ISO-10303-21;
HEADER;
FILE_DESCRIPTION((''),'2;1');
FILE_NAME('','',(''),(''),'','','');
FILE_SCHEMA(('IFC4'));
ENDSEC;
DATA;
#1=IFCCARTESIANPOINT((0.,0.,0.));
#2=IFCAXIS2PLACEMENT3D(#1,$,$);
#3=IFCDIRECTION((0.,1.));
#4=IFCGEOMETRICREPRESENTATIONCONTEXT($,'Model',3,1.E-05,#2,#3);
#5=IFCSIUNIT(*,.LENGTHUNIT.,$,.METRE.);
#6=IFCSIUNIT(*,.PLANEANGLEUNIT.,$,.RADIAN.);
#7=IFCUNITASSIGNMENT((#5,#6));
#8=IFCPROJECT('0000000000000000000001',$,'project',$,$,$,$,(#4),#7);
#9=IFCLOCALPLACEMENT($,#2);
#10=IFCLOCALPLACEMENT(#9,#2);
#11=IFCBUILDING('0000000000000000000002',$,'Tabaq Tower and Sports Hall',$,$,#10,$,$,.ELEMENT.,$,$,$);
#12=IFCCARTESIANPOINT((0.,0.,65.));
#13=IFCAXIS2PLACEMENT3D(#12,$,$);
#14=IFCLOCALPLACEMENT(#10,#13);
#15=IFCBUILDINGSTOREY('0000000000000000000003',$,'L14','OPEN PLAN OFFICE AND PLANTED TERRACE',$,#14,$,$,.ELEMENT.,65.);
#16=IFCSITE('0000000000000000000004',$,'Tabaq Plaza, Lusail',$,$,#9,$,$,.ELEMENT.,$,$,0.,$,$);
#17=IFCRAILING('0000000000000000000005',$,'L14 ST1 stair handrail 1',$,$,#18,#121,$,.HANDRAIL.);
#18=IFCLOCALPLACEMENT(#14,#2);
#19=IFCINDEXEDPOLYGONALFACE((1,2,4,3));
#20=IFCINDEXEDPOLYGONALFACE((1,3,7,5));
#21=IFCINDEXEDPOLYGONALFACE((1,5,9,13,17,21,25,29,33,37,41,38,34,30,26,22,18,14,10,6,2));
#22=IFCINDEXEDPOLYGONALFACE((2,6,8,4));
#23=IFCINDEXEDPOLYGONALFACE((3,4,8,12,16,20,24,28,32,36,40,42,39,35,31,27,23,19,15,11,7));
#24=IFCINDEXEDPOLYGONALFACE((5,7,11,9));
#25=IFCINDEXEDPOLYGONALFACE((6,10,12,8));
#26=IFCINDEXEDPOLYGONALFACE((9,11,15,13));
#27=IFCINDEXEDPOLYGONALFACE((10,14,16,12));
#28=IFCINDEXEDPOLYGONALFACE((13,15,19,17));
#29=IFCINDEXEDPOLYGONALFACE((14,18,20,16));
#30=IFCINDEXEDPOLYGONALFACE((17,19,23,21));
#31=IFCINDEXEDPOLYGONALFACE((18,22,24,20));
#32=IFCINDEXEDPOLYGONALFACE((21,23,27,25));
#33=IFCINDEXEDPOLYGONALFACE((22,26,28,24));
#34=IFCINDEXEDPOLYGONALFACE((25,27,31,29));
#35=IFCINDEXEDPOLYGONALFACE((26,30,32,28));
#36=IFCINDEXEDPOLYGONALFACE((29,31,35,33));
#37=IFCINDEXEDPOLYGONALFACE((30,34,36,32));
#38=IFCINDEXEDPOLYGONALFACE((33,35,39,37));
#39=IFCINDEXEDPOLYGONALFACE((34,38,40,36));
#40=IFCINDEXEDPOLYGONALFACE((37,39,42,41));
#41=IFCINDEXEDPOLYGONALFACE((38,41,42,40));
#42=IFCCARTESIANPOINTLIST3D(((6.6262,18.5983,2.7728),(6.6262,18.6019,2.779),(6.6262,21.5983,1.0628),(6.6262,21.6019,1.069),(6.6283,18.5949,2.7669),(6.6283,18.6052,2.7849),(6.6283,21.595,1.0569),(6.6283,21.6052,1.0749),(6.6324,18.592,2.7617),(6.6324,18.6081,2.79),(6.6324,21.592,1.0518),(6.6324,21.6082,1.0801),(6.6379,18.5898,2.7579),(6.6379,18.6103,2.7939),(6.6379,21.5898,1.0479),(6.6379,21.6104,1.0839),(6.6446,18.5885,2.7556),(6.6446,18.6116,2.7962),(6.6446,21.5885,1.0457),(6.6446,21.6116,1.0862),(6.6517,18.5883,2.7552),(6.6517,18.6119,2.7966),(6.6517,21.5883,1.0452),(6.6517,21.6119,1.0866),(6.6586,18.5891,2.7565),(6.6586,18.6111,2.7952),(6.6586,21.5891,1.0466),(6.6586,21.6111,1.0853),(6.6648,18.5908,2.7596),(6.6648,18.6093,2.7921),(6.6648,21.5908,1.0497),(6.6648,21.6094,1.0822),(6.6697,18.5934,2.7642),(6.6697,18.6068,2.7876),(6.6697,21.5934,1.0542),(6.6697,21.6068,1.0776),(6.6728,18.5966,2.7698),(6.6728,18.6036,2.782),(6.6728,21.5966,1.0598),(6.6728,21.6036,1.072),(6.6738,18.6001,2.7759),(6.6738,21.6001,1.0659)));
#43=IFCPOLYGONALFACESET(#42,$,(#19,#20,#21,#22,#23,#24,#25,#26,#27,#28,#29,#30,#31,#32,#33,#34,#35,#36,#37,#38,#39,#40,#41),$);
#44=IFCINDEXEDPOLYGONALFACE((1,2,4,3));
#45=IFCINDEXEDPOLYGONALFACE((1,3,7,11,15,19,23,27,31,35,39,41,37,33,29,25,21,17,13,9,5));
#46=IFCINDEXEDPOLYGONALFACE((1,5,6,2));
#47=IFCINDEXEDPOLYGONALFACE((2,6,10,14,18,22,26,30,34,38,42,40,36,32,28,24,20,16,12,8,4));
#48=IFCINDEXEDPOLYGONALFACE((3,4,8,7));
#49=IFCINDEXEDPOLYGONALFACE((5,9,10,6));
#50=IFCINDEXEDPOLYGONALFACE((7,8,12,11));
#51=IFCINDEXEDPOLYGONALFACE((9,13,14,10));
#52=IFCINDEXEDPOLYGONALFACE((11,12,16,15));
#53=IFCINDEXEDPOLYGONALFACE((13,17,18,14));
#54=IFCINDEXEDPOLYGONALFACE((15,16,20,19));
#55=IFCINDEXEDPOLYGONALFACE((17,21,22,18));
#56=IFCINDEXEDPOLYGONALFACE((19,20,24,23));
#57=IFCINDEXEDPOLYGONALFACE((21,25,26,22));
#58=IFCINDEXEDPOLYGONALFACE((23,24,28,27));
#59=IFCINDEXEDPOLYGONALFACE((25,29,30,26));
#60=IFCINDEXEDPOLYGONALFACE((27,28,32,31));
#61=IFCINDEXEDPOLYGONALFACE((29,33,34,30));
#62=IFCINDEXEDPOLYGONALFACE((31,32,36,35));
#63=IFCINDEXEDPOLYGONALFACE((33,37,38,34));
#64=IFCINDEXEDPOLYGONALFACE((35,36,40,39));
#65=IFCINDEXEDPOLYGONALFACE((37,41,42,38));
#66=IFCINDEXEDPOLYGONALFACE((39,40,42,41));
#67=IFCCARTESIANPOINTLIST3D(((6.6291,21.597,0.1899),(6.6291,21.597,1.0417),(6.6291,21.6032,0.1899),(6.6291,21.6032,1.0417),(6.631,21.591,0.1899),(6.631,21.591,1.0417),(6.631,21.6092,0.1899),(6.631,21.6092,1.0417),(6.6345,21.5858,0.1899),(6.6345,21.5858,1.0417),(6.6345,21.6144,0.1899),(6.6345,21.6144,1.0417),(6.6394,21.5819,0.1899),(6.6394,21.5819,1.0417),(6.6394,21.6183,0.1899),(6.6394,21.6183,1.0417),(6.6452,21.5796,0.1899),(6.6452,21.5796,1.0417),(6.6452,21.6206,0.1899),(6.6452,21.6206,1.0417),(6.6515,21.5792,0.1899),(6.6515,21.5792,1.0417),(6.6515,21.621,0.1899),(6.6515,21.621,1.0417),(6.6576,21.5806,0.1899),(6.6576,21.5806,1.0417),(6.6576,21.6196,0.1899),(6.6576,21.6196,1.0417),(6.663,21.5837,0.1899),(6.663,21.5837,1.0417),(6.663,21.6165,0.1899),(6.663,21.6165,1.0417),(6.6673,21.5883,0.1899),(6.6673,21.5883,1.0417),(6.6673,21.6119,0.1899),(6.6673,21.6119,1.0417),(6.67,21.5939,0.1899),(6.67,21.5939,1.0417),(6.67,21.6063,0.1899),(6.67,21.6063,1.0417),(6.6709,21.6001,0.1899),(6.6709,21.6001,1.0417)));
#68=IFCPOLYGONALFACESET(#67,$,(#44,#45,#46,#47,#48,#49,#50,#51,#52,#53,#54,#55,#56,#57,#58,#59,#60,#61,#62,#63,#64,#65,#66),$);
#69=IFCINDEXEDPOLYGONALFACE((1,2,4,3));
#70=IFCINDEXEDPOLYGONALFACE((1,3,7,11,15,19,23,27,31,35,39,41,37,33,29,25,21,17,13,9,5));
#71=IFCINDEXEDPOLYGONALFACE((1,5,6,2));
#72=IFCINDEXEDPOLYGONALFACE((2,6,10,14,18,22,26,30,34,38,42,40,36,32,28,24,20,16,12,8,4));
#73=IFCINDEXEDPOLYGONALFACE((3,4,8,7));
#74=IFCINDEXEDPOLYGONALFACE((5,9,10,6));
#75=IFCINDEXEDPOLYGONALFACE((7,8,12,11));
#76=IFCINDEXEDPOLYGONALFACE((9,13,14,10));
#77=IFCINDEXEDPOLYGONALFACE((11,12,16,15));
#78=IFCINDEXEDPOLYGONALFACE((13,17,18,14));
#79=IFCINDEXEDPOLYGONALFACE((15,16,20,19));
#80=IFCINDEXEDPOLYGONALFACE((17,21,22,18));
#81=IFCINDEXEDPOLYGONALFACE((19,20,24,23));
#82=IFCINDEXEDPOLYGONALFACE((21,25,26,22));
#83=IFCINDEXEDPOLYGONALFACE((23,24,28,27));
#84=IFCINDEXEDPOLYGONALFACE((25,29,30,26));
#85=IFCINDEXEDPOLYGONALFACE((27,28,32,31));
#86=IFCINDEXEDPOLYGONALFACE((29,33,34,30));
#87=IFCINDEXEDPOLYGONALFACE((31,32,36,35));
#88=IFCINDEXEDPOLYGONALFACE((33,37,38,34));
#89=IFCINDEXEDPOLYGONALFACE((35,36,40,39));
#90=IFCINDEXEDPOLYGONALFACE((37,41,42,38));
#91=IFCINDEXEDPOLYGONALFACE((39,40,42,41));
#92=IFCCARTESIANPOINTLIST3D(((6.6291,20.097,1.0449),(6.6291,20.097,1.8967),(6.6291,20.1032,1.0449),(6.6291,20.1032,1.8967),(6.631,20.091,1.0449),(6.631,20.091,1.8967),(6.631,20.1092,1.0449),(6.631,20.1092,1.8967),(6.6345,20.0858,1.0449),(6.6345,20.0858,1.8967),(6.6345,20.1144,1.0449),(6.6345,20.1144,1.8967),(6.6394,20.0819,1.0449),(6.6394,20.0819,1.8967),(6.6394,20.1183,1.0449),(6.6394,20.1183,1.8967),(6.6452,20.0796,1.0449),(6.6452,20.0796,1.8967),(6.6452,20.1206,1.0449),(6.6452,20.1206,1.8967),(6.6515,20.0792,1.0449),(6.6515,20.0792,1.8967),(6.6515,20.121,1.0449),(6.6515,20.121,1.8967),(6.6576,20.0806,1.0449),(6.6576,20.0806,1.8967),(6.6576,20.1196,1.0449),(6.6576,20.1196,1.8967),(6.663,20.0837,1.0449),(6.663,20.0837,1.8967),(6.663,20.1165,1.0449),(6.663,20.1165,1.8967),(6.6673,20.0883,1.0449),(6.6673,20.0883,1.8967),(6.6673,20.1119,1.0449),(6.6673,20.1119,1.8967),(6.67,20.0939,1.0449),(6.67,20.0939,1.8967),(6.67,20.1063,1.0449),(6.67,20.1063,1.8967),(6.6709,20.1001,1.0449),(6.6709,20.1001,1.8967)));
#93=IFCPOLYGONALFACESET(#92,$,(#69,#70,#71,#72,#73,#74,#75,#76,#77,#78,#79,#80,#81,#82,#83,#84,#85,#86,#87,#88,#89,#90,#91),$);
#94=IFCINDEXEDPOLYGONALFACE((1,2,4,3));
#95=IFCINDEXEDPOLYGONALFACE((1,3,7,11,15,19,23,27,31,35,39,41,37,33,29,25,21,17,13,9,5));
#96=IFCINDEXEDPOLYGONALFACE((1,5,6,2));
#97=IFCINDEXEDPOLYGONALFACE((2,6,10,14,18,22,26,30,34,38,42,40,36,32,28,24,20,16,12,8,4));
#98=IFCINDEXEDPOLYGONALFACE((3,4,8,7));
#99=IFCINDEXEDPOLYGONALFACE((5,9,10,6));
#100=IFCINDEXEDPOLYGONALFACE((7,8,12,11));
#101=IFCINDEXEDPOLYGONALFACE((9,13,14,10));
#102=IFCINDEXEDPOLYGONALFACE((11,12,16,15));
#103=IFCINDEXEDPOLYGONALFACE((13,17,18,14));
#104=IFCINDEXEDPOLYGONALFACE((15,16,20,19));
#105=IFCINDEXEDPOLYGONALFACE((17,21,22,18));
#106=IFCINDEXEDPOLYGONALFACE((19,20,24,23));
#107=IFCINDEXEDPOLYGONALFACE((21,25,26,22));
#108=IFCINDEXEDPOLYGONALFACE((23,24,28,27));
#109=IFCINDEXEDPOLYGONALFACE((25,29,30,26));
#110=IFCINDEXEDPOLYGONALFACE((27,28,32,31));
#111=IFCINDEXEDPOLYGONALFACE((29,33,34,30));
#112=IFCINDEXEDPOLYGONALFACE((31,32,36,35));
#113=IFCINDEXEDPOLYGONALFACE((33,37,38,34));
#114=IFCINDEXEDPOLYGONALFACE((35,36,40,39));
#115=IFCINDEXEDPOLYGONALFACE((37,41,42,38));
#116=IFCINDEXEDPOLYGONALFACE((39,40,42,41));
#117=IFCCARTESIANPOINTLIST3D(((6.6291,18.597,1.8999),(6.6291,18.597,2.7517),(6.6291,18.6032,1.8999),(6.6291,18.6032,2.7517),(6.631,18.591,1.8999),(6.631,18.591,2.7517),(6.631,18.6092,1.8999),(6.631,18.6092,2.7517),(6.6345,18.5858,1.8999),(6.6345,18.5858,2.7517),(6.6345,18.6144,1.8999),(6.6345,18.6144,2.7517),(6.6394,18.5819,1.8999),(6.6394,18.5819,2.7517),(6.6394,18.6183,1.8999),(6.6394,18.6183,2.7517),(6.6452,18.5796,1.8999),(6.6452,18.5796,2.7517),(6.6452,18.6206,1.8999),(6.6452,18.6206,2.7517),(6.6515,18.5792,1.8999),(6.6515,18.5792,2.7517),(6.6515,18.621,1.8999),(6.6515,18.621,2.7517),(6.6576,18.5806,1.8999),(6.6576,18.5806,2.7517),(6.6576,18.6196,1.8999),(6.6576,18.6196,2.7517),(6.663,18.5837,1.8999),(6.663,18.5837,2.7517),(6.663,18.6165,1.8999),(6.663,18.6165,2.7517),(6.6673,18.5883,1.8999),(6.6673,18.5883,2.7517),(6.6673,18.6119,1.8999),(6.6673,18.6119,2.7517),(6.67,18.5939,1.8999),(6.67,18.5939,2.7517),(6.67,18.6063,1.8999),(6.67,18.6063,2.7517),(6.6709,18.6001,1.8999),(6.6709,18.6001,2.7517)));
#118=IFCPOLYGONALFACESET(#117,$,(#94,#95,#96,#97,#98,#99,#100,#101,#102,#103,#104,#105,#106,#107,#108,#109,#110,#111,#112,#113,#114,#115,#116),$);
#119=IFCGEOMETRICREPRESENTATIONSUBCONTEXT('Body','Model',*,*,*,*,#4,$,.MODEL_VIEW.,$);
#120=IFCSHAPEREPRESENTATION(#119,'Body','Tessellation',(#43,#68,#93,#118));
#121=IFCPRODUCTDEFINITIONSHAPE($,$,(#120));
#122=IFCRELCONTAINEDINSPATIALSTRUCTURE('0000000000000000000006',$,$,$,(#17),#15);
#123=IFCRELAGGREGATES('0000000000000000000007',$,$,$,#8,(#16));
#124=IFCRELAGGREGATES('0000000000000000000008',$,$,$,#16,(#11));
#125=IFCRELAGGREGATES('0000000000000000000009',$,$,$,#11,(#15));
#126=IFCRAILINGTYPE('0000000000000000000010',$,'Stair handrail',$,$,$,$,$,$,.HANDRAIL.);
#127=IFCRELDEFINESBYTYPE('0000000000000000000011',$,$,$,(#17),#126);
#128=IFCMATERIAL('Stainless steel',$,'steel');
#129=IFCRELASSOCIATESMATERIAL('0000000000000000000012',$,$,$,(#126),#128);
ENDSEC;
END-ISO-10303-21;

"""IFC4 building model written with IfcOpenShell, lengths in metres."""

from ifc_helpers import new_model, si_unit, direction, frame, origin, origin_2d, place, context, subcontext, project, spatial, circle, extrude, material, type_object, element, save


model = new_model("IFC4")

# Units and contexts
model_context = context("Model", 3, precision=1e-05, world=origin(), true_north=direction((0.0, 1.0)))
body_context = subcontext(model_context, "Body", "Model", "MODEL_VIEW")
ifc_project = project(units=[si_unit("LENGTHUNIT", "METRE"), si_unit("PLANEANGLEUNIT", "RADIAN")], contexts=[model_context])

# Site, building, storey
site_placement = place(None, origin())
site = spatial("IfcSite", under=ifc_project, at=site_placement, Name="Tabaq Plaza, Lusail", CompositionType="ELEMENT", RefElevation=0.0)
building_placement = place(site_placement, origin())
building = spatial("IfcBuilding", under=site, at=building_placement, Name="Tabaq Tower and Sports Hall", CompositionType="ELEMENT")
storey_placement = place(building_placement, frame((0.0, 0.0, 65.0)))
storey = spatial("IfcBuildingStorey", under=building, at=storey_placement, Name="L14", Description="OPEN PLAN OFFICE AND PLANTED TERRACE", CompositionType="ELEMENT", Elevation=65.0)

# Railing
ifc_material_1 = material(Name="Stainless steel", Category="steel")
railing_type = type_object("IfcRailingType", Name="Stair handrail", PredefinedType="HANDRAIL", material=ifc_material_1)
railing_1_placement = place(storey_placement, frame((6.6499, 21.6001, 0.1899)))
element("IfcRailing", 1, at=railing_1_placement, inside=storey, type_object=railing_type, Name="L14 ST1 stair handrail 1", PredefinedType="HANDRAIL", context=body_context, shape_type="SweptSolid", body=[
    extrude(circle(Radius=0.0239, at=origin_2d()), frame((0.0, 0.0, 0.876), z_axis=(0.0, -0.868782, 0.495195), x_axis=(1.0, 0.0, 0.0)), (0.0, 0.0, 1.0), 3.4531),
    extrude(circle(Radius=0.021, at=origin_2d()), origin(), (0.0, 0.0, 1.0), 0.8518),
    extrude(circle(Radius=0.021, at=origin_2d()), frame((0.0, -1.5, 0.855)), (0.0, 0.0, 1.0), 0.8518),
    extrude(circle(Radius=0.021, at=origin_2d()), frame((0.0, -3.0, 1.71)), (0.0, 0.0, 1.0), 0.8518),
])

save(model, "model.ifc")
